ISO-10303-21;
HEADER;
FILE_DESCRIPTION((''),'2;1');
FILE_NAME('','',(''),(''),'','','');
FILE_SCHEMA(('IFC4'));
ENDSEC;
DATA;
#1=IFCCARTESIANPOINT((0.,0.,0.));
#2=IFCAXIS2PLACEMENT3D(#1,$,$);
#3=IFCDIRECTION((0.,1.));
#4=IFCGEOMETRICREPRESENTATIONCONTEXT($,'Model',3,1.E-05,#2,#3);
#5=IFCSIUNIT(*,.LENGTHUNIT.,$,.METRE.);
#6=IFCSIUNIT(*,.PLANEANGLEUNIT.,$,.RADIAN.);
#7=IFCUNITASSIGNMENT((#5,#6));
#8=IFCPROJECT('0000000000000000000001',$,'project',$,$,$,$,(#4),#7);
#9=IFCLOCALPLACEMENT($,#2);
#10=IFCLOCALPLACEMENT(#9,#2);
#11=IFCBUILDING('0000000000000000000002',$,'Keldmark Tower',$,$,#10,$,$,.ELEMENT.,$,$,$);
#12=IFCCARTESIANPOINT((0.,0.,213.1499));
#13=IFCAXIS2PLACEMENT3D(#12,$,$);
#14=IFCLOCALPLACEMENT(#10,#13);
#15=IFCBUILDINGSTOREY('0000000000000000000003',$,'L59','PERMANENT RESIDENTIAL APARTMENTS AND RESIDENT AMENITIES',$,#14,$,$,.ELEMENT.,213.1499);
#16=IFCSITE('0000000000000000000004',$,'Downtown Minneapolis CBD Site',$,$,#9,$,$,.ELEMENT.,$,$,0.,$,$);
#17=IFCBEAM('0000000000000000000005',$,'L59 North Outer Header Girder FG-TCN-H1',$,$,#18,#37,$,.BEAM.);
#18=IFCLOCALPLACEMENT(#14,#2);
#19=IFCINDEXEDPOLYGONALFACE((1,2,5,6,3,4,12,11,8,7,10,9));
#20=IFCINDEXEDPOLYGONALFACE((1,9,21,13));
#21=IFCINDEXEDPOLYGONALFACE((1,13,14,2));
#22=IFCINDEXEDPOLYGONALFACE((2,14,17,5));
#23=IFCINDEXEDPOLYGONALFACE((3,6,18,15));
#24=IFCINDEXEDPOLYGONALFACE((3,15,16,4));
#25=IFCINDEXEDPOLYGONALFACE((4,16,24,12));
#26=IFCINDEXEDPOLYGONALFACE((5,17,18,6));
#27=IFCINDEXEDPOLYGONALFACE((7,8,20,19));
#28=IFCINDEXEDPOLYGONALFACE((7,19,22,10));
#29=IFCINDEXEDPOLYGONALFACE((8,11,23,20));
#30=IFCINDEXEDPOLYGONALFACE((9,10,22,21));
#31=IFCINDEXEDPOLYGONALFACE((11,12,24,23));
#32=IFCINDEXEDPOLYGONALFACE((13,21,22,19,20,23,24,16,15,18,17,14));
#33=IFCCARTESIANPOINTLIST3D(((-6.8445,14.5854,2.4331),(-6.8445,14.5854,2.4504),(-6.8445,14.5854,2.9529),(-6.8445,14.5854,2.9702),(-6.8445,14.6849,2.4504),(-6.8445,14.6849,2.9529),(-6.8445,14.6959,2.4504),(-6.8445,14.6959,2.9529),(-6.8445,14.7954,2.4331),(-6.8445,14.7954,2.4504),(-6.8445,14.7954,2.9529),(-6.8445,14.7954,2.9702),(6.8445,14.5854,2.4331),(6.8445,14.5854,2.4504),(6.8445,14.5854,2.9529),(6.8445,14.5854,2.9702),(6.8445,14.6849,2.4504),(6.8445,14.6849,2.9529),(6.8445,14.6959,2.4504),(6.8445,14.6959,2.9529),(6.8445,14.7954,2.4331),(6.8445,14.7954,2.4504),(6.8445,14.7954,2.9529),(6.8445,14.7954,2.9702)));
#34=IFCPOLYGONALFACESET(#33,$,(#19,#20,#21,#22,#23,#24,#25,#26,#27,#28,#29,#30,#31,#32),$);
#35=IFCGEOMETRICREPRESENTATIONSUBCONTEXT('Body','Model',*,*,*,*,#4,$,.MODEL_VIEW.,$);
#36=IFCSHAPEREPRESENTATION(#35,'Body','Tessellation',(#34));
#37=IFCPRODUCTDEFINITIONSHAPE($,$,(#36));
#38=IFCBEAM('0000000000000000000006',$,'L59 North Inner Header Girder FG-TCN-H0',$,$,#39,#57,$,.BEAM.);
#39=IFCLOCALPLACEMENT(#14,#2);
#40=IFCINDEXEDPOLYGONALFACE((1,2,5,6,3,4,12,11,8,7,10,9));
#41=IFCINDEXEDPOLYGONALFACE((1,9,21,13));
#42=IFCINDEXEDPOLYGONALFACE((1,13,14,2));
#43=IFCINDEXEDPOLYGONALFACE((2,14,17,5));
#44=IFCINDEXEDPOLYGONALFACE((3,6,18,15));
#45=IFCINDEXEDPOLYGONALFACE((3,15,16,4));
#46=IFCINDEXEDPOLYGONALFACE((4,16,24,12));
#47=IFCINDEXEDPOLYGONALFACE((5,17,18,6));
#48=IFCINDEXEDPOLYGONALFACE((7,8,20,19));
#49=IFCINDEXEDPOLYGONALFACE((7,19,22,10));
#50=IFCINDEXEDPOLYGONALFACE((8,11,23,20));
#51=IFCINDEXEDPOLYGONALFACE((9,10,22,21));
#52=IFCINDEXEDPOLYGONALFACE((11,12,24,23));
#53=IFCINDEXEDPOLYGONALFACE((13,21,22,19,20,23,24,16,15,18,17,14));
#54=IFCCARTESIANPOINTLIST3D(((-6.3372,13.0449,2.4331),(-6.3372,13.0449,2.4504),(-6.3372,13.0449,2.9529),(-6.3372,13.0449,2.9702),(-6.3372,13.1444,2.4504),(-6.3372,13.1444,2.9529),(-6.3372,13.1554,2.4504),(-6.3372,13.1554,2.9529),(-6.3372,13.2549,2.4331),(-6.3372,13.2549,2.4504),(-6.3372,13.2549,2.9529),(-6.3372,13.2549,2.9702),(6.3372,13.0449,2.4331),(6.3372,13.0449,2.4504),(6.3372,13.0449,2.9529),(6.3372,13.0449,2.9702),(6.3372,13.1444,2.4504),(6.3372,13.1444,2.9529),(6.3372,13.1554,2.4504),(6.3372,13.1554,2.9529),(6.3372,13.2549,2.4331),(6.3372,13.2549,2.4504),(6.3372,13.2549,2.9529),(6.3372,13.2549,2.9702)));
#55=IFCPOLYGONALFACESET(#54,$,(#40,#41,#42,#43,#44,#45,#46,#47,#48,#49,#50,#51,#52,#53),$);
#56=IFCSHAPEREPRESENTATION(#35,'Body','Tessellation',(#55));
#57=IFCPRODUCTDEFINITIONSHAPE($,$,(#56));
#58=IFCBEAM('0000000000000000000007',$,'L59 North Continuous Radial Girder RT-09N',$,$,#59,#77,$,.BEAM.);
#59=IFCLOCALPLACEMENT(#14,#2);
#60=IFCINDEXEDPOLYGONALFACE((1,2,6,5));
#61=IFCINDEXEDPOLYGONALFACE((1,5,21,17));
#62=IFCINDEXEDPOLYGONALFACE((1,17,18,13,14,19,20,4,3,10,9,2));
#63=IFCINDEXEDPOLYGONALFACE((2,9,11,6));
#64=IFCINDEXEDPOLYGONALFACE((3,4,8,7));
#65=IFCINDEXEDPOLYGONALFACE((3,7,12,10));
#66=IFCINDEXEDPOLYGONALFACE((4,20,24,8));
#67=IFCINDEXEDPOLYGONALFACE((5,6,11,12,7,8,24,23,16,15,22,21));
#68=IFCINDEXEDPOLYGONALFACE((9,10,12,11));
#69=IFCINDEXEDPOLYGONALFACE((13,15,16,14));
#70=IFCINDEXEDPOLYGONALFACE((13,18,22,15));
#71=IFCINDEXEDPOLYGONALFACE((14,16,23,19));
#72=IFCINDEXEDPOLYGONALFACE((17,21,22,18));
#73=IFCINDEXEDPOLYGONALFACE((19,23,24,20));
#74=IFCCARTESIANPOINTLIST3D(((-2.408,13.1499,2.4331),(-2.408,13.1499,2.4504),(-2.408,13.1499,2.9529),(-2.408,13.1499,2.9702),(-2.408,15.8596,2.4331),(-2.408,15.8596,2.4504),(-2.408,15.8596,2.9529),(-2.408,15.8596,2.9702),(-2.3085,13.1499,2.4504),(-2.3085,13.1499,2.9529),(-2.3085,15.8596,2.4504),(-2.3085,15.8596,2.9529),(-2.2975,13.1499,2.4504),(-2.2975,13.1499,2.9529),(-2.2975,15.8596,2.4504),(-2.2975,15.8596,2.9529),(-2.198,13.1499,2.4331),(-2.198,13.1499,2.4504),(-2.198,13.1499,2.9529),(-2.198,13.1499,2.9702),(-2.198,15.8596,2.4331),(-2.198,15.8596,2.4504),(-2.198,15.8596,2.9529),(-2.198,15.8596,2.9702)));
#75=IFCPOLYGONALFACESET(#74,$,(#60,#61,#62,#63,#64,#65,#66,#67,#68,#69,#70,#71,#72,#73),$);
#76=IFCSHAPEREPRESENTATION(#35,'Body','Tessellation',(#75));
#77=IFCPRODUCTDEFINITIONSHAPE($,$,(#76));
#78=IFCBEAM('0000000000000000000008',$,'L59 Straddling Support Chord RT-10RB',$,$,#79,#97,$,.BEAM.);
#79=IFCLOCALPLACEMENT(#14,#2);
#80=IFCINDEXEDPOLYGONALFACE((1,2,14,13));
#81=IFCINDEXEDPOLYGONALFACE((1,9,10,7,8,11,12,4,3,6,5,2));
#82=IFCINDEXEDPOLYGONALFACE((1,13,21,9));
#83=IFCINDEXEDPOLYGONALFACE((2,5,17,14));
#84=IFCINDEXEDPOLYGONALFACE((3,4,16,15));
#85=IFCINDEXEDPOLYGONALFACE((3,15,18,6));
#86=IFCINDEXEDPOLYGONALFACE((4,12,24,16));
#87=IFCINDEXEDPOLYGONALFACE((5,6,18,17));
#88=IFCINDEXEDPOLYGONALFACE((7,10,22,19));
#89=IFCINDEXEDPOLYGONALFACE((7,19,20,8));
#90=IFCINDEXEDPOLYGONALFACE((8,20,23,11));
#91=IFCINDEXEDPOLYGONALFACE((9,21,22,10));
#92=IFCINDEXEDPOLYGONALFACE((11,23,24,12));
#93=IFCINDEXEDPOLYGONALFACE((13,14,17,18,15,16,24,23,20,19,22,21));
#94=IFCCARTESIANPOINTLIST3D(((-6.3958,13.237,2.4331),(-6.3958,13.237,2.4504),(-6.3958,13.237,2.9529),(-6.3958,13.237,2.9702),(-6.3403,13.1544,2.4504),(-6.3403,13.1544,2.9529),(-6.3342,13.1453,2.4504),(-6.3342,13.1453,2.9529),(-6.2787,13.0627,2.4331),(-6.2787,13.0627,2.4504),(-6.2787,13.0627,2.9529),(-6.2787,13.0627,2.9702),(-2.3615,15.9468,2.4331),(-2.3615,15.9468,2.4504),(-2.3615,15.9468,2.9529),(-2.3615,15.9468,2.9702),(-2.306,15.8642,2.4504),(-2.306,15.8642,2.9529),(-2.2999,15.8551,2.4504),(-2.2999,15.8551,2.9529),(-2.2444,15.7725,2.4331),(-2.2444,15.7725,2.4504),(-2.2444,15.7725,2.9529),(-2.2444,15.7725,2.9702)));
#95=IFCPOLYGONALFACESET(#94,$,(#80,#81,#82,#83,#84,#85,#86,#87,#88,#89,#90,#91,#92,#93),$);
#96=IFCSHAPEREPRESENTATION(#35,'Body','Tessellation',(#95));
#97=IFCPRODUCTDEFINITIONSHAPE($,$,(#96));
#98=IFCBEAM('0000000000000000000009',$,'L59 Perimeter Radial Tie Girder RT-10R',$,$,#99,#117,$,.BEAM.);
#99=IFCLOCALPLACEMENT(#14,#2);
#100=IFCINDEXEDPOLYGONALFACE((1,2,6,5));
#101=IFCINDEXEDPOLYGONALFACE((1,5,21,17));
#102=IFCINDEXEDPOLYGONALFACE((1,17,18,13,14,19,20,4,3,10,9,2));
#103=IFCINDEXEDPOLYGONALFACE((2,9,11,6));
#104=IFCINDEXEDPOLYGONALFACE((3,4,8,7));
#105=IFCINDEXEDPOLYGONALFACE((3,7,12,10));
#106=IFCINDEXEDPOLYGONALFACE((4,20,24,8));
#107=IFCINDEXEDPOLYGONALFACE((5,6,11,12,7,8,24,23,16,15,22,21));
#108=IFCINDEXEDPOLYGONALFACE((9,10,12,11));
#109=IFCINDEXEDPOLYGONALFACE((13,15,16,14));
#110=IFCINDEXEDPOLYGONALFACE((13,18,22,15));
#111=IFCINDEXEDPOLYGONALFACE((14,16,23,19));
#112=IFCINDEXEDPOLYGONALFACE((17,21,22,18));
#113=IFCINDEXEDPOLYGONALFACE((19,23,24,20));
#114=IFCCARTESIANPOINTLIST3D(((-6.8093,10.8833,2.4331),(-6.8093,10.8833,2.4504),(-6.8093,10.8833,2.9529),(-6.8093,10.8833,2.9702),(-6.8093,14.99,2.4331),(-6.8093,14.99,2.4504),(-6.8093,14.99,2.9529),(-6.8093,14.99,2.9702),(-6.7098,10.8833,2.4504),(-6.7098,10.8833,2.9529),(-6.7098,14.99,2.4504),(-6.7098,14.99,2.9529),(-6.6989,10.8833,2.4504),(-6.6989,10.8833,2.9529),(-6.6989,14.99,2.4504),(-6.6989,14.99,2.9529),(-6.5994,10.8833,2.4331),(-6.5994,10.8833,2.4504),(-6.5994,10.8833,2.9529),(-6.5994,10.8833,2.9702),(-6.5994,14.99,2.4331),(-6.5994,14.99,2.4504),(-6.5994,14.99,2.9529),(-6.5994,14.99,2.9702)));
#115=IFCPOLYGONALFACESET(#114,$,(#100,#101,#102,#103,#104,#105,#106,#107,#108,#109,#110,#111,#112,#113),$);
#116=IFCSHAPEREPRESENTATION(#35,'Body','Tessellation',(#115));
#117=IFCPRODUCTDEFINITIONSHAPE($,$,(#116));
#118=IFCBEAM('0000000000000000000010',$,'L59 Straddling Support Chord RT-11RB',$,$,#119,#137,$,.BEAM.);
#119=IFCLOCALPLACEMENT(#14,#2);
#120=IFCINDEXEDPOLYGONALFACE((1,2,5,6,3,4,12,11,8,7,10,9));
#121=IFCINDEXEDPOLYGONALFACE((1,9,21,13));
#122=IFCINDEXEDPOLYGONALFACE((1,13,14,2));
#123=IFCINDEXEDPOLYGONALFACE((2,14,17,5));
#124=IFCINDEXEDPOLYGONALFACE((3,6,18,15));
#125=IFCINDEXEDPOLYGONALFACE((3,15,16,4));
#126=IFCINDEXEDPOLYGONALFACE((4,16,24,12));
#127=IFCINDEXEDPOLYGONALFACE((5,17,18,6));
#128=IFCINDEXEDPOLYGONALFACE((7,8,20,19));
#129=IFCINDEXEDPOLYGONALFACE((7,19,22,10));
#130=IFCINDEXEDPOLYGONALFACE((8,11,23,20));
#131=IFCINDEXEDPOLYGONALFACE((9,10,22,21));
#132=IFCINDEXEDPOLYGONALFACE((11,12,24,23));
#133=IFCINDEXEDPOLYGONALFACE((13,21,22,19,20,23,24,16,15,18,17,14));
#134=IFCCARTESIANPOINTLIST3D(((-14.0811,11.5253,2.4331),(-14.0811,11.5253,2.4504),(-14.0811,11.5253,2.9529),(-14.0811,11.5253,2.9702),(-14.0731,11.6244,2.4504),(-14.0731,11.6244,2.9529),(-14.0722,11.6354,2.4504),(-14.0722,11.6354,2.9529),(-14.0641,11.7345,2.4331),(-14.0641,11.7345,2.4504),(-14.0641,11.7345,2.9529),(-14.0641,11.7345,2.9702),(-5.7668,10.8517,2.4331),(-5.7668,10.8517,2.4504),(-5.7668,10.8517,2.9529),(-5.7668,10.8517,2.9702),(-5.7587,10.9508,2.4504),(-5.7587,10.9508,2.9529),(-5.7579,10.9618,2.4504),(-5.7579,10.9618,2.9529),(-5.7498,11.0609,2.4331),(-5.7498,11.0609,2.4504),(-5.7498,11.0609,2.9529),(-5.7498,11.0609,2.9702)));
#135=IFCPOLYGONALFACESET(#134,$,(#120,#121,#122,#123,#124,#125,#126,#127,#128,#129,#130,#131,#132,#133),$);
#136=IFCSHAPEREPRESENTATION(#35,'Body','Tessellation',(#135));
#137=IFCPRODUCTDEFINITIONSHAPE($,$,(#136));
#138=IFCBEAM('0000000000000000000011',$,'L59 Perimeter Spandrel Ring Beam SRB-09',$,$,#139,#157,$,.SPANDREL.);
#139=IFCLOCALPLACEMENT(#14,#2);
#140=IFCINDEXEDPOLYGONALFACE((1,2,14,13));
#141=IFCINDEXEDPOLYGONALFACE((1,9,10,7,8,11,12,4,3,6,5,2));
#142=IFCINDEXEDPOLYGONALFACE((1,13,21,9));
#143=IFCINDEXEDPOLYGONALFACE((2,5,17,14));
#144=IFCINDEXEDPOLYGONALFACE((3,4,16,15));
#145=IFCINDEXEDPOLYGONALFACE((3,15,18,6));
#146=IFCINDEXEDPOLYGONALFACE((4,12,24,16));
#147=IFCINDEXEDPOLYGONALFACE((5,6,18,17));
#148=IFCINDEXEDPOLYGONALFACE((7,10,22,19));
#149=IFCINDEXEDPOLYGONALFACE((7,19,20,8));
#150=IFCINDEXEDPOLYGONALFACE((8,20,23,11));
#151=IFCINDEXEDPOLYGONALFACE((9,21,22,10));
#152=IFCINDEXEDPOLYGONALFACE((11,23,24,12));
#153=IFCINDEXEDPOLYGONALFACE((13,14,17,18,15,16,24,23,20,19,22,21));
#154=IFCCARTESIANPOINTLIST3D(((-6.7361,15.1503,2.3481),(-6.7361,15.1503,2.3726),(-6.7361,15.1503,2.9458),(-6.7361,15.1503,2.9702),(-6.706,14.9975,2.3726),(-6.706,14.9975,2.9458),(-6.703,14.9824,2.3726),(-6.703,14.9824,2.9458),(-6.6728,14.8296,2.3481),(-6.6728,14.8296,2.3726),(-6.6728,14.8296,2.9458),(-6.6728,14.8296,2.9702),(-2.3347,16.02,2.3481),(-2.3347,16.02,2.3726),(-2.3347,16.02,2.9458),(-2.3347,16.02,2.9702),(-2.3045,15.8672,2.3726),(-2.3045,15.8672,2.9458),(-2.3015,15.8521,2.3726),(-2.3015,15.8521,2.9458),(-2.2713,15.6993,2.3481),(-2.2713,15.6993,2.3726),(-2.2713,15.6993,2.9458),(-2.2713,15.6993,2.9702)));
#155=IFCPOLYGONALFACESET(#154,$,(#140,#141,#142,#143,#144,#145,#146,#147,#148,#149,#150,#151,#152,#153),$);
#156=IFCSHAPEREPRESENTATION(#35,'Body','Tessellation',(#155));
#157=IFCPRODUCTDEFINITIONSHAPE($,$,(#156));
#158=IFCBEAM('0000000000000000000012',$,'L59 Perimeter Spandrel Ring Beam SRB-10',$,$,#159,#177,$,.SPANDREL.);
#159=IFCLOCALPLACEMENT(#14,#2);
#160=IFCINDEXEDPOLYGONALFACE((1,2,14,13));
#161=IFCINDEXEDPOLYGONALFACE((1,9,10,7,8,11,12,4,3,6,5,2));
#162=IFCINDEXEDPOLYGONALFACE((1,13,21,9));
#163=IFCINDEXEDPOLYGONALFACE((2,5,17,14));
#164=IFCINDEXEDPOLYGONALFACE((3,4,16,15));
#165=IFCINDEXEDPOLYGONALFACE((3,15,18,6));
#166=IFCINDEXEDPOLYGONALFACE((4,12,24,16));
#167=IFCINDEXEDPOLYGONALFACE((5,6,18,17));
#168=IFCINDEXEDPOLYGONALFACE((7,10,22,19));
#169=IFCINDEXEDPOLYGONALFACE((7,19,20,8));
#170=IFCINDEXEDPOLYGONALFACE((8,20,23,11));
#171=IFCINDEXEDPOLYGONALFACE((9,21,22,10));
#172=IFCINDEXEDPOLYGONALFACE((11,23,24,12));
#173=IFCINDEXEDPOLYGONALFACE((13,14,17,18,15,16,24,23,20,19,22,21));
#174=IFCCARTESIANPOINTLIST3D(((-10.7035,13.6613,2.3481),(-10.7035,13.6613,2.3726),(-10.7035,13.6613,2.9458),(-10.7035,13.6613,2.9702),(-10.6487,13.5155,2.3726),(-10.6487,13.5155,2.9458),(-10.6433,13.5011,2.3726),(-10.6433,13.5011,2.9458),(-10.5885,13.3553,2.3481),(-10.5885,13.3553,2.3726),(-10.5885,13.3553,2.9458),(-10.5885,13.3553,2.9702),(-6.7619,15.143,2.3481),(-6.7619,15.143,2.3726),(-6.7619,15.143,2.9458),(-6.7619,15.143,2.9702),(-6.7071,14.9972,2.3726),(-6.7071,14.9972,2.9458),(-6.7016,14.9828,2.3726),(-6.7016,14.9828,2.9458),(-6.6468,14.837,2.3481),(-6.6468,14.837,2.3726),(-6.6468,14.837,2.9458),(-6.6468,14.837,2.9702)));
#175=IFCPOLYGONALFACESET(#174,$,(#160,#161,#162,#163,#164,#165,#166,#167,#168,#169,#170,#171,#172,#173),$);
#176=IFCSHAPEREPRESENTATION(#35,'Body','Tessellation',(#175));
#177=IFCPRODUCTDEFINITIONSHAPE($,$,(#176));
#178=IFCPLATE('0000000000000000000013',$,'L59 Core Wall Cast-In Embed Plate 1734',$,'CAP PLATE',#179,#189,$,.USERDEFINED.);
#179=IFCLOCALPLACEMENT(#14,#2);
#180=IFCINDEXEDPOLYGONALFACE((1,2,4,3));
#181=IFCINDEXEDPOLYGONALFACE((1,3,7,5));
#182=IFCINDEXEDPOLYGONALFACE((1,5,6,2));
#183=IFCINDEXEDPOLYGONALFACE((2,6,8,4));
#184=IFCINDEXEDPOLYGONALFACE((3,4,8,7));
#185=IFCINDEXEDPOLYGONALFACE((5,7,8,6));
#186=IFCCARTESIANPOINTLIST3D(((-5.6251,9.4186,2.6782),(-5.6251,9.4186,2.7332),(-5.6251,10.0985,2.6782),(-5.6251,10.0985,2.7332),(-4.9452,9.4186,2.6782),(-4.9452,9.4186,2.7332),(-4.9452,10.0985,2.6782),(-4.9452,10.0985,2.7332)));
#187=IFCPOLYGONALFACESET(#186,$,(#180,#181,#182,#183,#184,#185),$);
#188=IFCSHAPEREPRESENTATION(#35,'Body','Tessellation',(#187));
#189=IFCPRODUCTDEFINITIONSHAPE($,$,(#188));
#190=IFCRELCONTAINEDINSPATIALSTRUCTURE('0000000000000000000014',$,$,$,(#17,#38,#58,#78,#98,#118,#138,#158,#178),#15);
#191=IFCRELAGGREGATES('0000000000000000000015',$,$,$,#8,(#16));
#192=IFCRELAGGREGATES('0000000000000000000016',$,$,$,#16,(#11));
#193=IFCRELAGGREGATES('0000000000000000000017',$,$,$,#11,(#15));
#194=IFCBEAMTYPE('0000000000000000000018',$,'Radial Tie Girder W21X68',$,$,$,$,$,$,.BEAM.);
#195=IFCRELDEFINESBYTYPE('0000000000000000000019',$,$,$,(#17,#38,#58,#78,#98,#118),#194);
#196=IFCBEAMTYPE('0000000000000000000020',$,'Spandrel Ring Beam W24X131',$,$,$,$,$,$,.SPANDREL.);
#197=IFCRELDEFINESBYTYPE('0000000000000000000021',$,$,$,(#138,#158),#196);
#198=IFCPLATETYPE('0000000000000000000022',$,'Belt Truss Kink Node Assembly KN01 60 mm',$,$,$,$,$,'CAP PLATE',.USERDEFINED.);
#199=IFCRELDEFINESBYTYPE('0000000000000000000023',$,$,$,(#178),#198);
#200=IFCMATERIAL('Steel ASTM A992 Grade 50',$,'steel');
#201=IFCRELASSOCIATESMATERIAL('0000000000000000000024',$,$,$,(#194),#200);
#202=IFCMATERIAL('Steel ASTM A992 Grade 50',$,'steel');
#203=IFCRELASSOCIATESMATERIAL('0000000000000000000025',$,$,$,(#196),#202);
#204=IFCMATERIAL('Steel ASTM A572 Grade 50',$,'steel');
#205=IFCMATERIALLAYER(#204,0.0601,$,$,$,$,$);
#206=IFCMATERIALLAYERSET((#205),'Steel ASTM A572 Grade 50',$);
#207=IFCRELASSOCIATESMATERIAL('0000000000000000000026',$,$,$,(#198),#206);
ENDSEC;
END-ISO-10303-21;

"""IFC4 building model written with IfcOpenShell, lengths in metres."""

from ifc_helpers import new_model, si_unit, direction, frame, origin, origin_2d, place, context, subcontext, project, spatial, rectangle, i_section, extrude, material, layer, layer_set, material_profile, profile_set, type_object, element, save


model = new_model("IFC4")

# Units and contexts
model_context = context("Model", 3, precision=1e-05, world=origin(), true_north=direction((0.0, 1.0)))
body_context = subcontext(model_context, "Body", "Model", "MODEL_VIEW")
ifc_project = project(units=[si_unit("LENGTHUNIT", "METRE"), si_unit("PLANEANGLEUNIT", "RADIAN")], contexts=[model_context])

# Site, building, storey
site_placement = place(None, origin())
site = spatial("IfcSite", under=ifc_project, at=site_placement, Name="Downtown Minneapolis CBD Site", CompositionType="ELEMENT", RefElevation=0.0)
building_placement = place(site_placement, origin())
building = spatial("IfcBuilding", under=site, at=building_placement, Name="Keldmark Tower", CompositionType="ELEMENT")
storey_placement = place(building_placement, frame((0.0, 0.0, 213.1499)))
storey = spatial("IfcBuildingStorey", under=building, at=storey_placement, Name="L59", Description="PERMANENT RESIDENTIAL APARTMENTS AND RESIDENT AMENITIES", CompositionType="ELEMENT", Elevation=213.1499)

# Beams
ifc_material_1 = material(Name="Steel ASTM A992 Grade 50", Category="steel")
ifc_material_profile_1 = material_profile(ifc_material_1, i_section(OverallWidth=0.21, OverallDepth=0.5371, WebThickness=0.011, FlangeThickness=0.0173, at=origin_2d()), Name="W21X68")
ifc_profile_set_1 = profile_set([ifc_material_profile_1], Name="Steel ASTM A992 Grade 50")
beam_type_1 = type_object("IfcBeamType", Name="Radial Tie Girder W21X68", PredefinedType="BEAM", material=ifc_profile_set_1)
beam_1_placement = place(storey_placement, frame((-6.8445, 14.6904, 2.7017), z_axis=(1.0, 0.0, 0.0), x_axis=(0.0, 1.0, 0.0)))
element("IfcBeam", 1, at=beam_1_placement, inside=storey, type_object=beam_type_1, Name="L59 North Outer Header Girder FG-TCN-H1", PredefinedType="BEAM", context=body_context, shape_type="SweptSolid", body=[
    extrude(i_section(OverallWidth=0.21, OverallDepth=0.5371, WebThickness=0.011, FlangeThickness=0.0173, at=origin_2d()), origin(), (0.0, 0.0, 1.0), 13.689),
])
beam_2_placement = place(storey_placement, frame((-6.3372, 13.1499, 2.7017), z_axis=(1.0, 0.0, 0.0), x_axis=(0.0, 1.0, 0.0)))
element("IfcBeam", 2, at=beam_2_placement, inside=storey, type_object=beam_type_1, Name="L59 North Inner Header Girder FG-TCN-H0", PredefinedType="BEAM", context=body_context, shape_type="SweptSolid", body=[
    extrude(i_section(OverallWidth=0.21, OverallDepth=0.5371, WebThickness=0.011, FlangeThickness=0.0173, at=origin_2d()), origin(), (0.0, 0.0, 1.0), 12.6743),
])
beam_3_placement = place(storey_placement, frame((-2.303, 13.1499, 2.7017), z_axis=(0.0, 1.0, 0.0), x_axis=(-1.0, 0.0, 0.0)))
element("IfcBeam", 3, at=beam_3_placement, inside=storey, type_object=beam_type_1, Name="L59 North Continuous Radial Girder RT-09N", PredefinedType="BEAM", context=body_context, shape_type="SweptSolid", body=[
    extrude(i_section(OverallWidth=0.21, OverallDepth=0.5371, WebThickness=0.011, FlangeThickness=0.0173, at=origin_2d()), origin(), (0.0, 0.0, 1.0), 2.7097),
])
beam_4_placement = place(storey_placement, frame((-2.303, 15.8596, 2.7017), z_axis=(-0.830121, -0.557584, 0.0), x_axis=(0.557584, -0.830121, 0.0)))
element("IfcBeam", 4, at=beam_4_placement, inside=storey, type_object=beam_type_1, Name="L59 Straddling Support Chord RT-10RB", PredefinedType="BEAM", context=body_context, shape_type="SweptSolid", body=[
    extrude(i_section(OverallWidth=0.21, OverallDepth=0.5371, WebThickness=0.011, FlangeThickness=0.0173, at=origin_2d()), origin(), (0.0, 0.0, 1.0), 4.8599),
])
beam_5_placement = place(storey_placement, frame((-6.7043, 10.8833, 2.7017), z_axis=(0.0, 1.0, 0.0), x_axis=(-1.0, 0.0, 0.0)))
element("IfcBeam", 5, at=beam_5_placement, inside=storey, type_object=beam_type_1, Name="L59 Perimeter Radial Tie Girder RT-10R", PredefinedType="BEAM", context=body_context, shape_type="SweptSolid", body=[
    extrude(i_section(OverallWidth=0.21, OverallDepth=0.5371, WebThickness=0.011, FlangeThickness=0.0173, at=origin_2d()), origin(), (0.0, 0.0, 1.0), 4.1067),
])
beam_6_placement = place(storey_placement, frame((-5.7583, 10.9563, 2.7017), z_axis=(-0.996734, 0.080751, 0.0), x_axis=(-0.080751, -0.996734, 0.0)))
element("IfcBeam", 6, at=beam_6_placement, inside=storey, type_object=beam_type_1, Name="L59 Straddling Support Chord RT-11RB", PredefinedType="BEAM", context=body_context, shape_type="SweptSolid", body=[
    extrude(i_section(OverallWidth=0.21, OverallDepth=0.5371, WebThickness=0.011, FlangeThickness=0.0173, at=origin_2d()), origin(), (0.0, 0.0, 1.0), 8.3416),
])
ifc_material_2 = material(Name="Steel ASTM A992 Grade 50", Category="steel")
ifc_material_profile_2 = material_profile(ifc_material_2, i_section(OverallWidth=0.3269, OverallDepth=0.6221, WebThickness=0.0154, FlangeThickness=0.0244, at=origin_2d()), Name="W24X131")
ifc_profile_set_2 = profile_set([ifc_material_profile_2], Name="Steel ASTM A992 Grade 50")
beam_type_2 = type_object("IfcBeamType", Name="Spandrel Ring Beam W24X131", PredefinedType="SPANDREL", material=ifc_profile_set_2)
beam_7_placement = place(storey_placement, frame((-2.303, 15.8596, 2.6592), z_axis=(-0.981034, -0.193834, 0.0), x_axis=(0.193834, -0.981034, 0.0)))
element("IfcBeam", 7, at=beam_7_placement, inside=storey, type_object=beam_type_2, Name="L59 Perimeter Spandrel Ring Beam SRB-09", PredefinedType="SPANDREL", context=body_context, shape_type="SweptSolid", body=[
    extrude(i_section(OverallWidth=0.3269, OverallDepth=0.6221, WebThickness=0.0154, FlangeThickness=0.0244, at=origin_2d()), origin(), (0.0, 0.0, 1.0), 4.4866),
])
beam_8_placement = place(storey_placement, frame((-6.7043, 14.99, 2.6592), z_axis=(-0.93605, -0.351867, 0.0), x_axis=(0.351867, -0.93605, 0.0)))
element("IfcBeam", 8, at=beam_8_placement, inside=storey, type_object=beam_type_2, Name="L59 Perimeter Spandrel Ring Beam SRB-10", PredefinedType="SPANDREL", context=body_context, shape_type="SweptSolid", body=[
    extrude(i_section(OverallWidth=0.3269, OverallDepth=0.6221, WebThickness=0.0154, FlangeThickness=0.0244, at=origin_2d()), origin(), (0.0, 0.0, 1.0), 4.2109),
])

# Plate
ifc_material_3 = material(Name="Steel ASTM A572 Grade 50", Category="steel")
ifc_layer_1 = layer(ifc_material_3, 0.0601)
ifc_layer_set_1 = layer_set([ifc_layer_1], Name="Steel ASTM A572 Grade 50")
plate_type_1 = type_object("IfcPlateType", Name="Belt Truss Kink Node Assembly KN01 60 mm", ElementType="CAP PLATE", PredefinedType="USERDEFINED", material=ifc_layer_set_1)
for number, where, z_axis, x_axis, name in (
    (9, (-5.2852, 9.7585, 2.6782), (0.0, 0.0, 1.0), (1.0, 0.0, 0.0), "L59 Core Wall Cast-In Embed Plate 1734"),
):
    element("IfcPlate", number, at=place(storey_placement, frame(where, z_axis=z_axis, x_axis=x_axis)), inside=storey, type_object=plate_type_1, Name=name, ObjectType="CAP PLATE", PredefinedType="USERDEFINED", context=body_context, shape_type="SweptSolid", body=[
        extrude(rectangle(XDim=0.6799, YDim=0.6799, at=origin_2d()), origin(), (0.0, 0.0, 1.0), 0.0549),
    ])

save(model, "model.ifc")
